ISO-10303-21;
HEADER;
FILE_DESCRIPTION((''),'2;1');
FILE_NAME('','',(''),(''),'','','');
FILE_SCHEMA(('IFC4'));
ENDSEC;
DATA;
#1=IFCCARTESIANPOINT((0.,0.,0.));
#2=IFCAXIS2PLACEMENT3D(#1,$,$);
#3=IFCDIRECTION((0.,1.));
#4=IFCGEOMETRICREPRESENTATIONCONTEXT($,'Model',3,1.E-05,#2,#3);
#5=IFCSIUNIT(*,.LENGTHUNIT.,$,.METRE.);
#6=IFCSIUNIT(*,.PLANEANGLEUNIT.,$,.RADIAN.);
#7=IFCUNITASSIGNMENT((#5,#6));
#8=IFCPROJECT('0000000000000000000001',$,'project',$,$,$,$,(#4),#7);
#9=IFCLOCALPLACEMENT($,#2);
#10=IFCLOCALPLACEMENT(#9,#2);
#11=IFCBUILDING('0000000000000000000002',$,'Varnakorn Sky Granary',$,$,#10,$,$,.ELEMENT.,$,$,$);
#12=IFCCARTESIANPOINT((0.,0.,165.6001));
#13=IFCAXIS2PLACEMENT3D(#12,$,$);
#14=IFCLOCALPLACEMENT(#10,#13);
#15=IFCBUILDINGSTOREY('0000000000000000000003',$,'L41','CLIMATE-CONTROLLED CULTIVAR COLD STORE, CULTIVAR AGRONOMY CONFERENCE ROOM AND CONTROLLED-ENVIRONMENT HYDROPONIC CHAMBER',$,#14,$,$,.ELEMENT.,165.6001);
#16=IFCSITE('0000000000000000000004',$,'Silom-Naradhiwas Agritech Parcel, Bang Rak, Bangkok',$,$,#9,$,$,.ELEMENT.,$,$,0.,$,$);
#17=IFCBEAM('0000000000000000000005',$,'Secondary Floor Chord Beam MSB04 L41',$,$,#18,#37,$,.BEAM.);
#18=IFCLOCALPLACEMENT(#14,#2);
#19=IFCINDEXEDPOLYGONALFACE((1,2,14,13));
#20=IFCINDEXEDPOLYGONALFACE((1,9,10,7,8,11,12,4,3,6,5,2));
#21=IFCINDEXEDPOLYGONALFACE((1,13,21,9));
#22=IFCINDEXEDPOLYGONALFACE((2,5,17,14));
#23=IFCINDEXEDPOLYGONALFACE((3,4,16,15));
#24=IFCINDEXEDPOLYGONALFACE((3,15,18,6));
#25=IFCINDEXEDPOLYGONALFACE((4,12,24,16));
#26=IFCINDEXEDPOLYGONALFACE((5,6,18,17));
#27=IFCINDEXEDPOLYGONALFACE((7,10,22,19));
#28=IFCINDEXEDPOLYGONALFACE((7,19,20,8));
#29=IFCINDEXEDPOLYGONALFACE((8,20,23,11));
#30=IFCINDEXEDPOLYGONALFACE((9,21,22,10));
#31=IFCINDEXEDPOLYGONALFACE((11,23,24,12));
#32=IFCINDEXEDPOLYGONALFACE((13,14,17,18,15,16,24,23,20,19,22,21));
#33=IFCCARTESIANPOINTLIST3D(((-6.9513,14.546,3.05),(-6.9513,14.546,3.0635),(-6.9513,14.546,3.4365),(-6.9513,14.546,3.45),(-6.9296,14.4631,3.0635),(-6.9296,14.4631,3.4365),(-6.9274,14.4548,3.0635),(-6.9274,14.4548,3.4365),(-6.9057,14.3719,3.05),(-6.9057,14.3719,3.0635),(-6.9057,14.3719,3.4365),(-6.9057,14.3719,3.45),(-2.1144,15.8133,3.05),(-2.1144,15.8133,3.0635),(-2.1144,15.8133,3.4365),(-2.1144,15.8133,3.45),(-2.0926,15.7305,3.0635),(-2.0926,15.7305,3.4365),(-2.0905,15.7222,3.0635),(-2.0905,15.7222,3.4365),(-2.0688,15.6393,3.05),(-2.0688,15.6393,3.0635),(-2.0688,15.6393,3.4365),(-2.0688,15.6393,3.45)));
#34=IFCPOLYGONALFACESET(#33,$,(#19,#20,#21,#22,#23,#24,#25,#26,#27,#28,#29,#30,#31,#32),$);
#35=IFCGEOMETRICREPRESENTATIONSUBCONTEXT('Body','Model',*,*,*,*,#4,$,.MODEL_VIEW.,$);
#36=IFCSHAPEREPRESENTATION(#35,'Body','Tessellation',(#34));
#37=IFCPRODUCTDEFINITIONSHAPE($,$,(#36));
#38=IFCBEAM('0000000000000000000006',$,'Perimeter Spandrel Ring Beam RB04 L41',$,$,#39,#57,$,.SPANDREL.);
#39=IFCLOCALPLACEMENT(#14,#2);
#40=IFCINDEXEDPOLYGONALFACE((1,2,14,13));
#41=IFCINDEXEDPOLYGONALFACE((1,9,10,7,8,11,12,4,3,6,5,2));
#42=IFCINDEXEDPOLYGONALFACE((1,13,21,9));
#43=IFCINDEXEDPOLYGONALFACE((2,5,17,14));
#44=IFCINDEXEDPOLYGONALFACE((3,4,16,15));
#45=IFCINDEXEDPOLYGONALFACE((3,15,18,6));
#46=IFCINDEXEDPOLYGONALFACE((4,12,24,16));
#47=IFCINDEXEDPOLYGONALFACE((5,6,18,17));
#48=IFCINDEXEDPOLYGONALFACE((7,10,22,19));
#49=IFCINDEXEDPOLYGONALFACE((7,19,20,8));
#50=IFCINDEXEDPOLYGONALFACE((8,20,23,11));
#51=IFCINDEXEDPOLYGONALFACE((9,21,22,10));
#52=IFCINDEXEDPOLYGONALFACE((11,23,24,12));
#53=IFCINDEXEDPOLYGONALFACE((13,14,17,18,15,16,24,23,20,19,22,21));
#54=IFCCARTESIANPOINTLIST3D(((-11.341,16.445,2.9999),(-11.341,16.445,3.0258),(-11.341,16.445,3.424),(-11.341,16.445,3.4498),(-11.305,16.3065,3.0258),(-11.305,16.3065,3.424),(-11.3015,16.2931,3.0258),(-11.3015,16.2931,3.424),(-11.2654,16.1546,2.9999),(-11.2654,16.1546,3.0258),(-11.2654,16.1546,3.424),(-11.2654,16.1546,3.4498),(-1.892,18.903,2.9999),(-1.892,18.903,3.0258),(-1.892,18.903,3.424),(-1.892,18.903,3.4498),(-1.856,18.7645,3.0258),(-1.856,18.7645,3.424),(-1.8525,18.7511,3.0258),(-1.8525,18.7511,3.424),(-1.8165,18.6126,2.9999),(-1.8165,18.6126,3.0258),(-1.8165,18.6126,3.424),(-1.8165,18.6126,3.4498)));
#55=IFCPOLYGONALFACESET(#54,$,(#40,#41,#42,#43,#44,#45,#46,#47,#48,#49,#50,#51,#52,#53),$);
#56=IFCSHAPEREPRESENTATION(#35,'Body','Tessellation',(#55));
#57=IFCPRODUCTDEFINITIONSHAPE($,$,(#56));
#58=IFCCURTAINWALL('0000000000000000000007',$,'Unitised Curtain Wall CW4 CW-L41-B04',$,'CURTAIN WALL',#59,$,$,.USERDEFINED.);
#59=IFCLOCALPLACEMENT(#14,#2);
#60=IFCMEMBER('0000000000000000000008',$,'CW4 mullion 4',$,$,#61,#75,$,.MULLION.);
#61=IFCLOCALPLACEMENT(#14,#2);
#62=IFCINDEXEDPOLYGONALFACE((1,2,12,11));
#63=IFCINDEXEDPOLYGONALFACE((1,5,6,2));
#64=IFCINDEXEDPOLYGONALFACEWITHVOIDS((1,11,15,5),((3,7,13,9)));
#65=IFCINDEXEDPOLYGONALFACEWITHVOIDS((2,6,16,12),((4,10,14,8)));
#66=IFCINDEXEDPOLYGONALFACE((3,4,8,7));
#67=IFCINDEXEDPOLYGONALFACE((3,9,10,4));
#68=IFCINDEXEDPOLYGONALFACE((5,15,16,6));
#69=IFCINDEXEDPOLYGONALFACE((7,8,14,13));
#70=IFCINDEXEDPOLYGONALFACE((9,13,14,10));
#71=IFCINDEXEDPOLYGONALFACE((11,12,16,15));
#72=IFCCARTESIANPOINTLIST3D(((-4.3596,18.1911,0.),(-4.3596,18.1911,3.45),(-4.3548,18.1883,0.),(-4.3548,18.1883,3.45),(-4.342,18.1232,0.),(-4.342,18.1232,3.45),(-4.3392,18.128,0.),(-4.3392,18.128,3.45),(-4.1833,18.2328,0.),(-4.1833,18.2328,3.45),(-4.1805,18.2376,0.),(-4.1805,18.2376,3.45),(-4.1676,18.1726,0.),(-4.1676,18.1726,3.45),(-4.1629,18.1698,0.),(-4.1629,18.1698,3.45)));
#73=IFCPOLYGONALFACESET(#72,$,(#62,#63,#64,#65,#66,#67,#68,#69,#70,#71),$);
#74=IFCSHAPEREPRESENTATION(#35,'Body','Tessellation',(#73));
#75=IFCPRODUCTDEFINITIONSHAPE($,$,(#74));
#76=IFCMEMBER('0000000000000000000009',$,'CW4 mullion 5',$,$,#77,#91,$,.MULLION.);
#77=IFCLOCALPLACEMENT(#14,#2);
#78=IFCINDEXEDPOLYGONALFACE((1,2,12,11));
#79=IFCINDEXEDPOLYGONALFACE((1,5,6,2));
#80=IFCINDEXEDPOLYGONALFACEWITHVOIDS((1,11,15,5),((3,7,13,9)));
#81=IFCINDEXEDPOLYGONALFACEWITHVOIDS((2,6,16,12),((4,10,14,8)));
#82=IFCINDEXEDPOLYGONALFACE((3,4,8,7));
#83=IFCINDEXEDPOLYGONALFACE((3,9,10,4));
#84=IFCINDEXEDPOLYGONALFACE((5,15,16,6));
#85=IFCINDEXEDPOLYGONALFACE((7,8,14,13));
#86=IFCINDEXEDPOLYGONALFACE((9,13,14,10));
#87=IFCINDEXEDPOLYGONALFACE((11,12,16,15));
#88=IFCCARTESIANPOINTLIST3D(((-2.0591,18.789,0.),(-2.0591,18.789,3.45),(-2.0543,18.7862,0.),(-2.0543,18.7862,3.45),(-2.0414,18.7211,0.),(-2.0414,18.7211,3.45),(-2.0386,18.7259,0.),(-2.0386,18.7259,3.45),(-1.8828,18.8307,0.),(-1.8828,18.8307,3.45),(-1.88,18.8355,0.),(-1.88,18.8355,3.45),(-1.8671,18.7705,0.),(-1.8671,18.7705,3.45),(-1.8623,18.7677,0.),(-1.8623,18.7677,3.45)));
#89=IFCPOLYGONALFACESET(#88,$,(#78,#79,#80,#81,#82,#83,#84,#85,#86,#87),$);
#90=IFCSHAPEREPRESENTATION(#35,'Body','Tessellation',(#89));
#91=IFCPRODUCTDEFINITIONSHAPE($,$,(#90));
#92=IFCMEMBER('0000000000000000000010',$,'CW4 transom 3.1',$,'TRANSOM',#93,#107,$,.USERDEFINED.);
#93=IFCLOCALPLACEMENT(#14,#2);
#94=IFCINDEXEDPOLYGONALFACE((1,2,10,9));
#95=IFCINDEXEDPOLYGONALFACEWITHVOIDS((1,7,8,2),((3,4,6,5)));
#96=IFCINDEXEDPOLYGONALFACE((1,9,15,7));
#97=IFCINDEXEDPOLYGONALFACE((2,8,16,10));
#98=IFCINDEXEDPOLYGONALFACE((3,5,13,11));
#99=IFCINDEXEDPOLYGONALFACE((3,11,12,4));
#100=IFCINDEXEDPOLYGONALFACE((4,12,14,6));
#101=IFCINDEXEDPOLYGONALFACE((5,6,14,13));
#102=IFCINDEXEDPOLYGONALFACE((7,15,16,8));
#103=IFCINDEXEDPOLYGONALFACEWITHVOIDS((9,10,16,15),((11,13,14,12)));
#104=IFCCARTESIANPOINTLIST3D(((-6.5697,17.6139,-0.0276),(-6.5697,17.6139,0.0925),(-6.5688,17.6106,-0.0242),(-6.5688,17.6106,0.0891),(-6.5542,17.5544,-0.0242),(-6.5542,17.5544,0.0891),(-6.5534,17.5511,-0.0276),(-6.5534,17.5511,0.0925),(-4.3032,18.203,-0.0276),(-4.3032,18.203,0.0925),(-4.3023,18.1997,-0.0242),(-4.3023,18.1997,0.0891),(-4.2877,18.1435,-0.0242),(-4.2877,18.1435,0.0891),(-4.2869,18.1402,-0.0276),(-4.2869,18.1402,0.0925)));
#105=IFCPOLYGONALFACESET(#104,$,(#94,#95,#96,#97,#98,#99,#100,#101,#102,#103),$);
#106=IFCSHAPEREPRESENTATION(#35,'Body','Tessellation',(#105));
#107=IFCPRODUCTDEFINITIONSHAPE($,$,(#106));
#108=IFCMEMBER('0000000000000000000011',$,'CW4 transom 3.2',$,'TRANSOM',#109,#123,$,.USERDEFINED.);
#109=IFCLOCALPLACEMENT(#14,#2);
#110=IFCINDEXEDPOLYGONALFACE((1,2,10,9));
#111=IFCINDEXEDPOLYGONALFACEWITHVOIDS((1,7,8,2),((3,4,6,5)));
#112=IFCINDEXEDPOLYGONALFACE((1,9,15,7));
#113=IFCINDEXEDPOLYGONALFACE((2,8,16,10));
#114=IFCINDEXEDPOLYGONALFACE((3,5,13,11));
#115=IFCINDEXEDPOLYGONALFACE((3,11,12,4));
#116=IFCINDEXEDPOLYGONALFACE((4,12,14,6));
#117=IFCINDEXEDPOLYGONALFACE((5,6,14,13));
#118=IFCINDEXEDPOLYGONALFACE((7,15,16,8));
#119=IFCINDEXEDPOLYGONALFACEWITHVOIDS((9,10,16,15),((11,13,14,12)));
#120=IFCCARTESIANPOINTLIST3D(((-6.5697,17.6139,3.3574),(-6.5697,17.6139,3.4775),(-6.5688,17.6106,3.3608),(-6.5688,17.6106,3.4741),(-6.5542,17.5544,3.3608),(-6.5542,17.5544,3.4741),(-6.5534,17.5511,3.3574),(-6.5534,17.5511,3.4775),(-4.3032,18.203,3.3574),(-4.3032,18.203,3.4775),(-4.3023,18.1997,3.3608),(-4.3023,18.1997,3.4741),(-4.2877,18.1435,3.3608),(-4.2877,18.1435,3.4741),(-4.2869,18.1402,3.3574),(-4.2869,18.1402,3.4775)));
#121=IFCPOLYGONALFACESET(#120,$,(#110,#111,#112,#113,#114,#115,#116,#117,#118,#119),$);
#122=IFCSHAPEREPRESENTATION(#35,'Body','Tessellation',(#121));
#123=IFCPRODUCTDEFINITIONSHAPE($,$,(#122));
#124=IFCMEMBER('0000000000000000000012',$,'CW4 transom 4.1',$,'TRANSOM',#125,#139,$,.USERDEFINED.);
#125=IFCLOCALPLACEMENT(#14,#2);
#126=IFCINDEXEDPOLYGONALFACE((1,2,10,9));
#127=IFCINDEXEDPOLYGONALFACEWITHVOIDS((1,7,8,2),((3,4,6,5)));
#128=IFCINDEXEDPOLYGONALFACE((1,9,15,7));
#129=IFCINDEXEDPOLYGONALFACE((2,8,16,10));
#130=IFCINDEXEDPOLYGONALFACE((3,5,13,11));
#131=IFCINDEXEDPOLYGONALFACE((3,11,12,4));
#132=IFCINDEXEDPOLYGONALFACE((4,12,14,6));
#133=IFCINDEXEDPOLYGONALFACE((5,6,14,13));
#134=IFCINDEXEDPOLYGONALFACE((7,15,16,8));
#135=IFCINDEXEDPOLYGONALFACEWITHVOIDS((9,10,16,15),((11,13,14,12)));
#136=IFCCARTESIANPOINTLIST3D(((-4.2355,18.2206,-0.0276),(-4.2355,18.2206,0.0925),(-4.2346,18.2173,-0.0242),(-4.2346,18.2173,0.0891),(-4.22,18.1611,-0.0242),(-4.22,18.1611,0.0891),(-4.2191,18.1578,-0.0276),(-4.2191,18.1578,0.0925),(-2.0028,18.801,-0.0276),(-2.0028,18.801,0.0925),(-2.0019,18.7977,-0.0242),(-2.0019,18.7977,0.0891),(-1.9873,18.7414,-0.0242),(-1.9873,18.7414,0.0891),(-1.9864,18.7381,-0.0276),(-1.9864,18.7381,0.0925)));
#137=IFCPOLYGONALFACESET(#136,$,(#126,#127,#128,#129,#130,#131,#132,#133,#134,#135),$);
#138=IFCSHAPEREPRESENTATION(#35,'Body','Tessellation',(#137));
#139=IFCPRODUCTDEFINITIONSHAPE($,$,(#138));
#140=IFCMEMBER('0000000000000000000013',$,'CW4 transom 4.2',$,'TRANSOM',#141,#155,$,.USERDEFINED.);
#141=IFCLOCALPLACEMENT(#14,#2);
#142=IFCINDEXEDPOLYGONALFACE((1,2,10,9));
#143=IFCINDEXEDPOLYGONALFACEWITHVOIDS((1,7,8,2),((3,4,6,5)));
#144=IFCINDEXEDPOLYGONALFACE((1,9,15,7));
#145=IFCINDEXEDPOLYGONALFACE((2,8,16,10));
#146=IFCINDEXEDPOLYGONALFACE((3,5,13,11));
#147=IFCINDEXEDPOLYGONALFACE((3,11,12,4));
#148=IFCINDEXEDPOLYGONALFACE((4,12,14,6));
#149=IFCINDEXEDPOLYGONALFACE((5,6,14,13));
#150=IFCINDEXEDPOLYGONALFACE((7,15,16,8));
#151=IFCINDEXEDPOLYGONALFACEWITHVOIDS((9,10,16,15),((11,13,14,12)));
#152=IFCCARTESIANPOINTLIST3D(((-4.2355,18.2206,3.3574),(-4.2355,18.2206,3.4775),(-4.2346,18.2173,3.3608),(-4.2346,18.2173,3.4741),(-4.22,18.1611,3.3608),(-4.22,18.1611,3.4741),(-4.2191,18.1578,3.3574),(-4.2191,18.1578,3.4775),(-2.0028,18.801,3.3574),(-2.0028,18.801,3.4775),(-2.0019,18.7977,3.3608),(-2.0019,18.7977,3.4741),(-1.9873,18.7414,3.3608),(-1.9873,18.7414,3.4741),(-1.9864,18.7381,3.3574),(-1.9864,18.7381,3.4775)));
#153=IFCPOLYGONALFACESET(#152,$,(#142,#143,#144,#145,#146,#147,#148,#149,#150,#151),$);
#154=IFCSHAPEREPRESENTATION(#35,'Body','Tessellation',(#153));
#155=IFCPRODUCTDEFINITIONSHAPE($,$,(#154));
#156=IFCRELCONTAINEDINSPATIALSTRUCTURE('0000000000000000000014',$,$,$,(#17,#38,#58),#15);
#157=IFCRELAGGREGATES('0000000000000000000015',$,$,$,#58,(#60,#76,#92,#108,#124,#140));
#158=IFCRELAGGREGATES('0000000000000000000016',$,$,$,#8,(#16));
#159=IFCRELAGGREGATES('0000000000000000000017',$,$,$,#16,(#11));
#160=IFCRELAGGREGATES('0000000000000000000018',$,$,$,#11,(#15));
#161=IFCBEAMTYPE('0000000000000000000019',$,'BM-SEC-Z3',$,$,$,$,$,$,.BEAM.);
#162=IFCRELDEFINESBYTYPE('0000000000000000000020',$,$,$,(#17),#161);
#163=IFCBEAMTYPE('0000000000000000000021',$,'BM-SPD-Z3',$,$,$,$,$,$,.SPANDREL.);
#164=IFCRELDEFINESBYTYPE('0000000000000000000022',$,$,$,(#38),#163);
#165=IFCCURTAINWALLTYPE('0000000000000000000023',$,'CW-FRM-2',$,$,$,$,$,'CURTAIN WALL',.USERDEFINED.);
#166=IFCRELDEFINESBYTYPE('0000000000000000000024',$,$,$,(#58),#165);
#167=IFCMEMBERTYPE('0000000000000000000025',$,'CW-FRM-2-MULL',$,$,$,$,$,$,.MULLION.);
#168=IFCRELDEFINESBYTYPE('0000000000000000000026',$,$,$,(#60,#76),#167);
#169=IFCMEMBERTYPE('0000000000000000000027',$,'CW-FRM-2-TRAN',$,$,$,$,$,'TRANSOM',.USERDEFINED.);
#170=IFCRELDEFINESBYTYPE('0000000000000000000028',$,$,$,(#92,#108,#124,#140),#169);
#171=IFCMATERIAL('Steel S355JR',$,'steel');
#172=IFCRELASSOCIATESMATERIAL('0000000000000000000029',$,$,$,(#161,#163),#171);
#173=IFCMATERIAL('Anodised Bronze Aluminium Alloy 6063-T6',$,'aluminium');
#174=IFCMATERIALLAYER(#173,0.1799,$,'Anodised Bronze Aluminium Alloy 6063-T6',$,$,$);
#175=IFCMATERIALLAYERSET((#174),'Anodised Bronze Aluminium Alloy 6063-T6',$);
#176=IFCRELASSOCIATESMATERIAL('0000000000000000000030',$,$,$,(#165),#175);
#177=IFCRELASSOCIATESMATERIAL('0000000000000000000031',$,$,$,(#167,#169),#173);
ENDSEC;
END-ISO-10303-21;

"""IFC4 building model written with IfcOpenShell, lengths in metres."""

from ifc_helpers import new_model, si_unit, direction, frame, origin, origin_2d, place, context, subcontext, project, spatial, hollow_rectangle, i_section, extrude, material, layer, layer_set, material_profile, profile_set, type_object, element, aggregate, save


model = new_model("IFC4")

# Units and contexts
model_context = context("Model", 3, precision=1e-05, world=origin(), true_north=direction((0.0, 1.0)))
body_context = subcontext(model_context, "Body", "Model", "MODEL_VIEW")
ifc_project = project(units=[si_unit("LENGTHUNIT", "METRE"), si_unit("PLANEANGLEUNIT", "RADIAN")], contexts=[model_context])

# Site, building, storey
site_placement = place(None, origin())
site = spatial("IfcSite", under=ifc_project, at=site_placement, Name="Silom-Naradhiwas Agritech Parcel, Bang Rak, Bangkok", CompositionType="ELEMENT", RefElevation=0.0)
building_placement = place(site_placement, origin())
building = spatial("IfcBuilding", under=site, at=building_placement, Name="Varnakorn Sky Granary", CompositionType="ELEMENT")
storey_placement = place(building_placement, frame((0.0, 0.0, 165.6001)))
storey = spatial("IfcBuildingStorey", under=building, at=storey_placement, Name="L41", Description="CLIMATE-CONTROLLED CULTIVAR COLD STORE, CULTIVAR AGRONOMY CONFERENCE ROOM AND CONTROLLED-ENVIRONMENT HYDROPONIC CHAMBER", CompositionType="ELEMENT", Elevation=165.6001)

# Beams
ifc_material_1 = material(Name="Steel S355JR", Category="steel")
ifc_material_profile_1 = material_profile(ifc_material_1, i_section(OverallWidth=0.1799, OverallDepth=0.3999, WebThickness=0.0085, FlangeThickness=0.0134, at=origin_2d()), Name="IPE 400")
ifc_profile_set_1 = profile_set([ifc_material_profile_1], Name="Steel S355JR")
beam_type_1 = type_object("IfcBeamType", Name="BM-SEC-Z3", PredefinedType="BEAM", material=ifc_profile_set_1)
beam_1_placement = place(storey_placement, frame((-2.0916, 15.7263, 3.25), z_axis=(-0.967347, -0.253457, 0.0), x_axis=(0.253457, -0.967347, 0.0)))
element("IfcBeam", 1, at=beam_1_placement, inside=storey, type_object=beam_type_1, Name="Secondary Floor Chord Beam MSB04 L41", PredefinedType="BEAM", context=body_context, shape_type="SweptSolid", body=[
    extrude(i_section(OverallWidth=0.1799, OverallDepth=0.3999, WebThickness=0.0085, FlangeThickness=0.0134, at=origin_2d()), origin(), (0.0, 0.0, 1.0), 5.0002),
])
ifc_material_profile_2 = material_profile(ifc_material_1, i_section(OverallWidth=0.3, OverallDepth=0.45, WebThickness=0.0139, FlangeThickness=0.0259, at=origin_2d()), Name="HE 450 B")
ifc_profile_set_2 = profile_set([ifc_material_profile_2], Name="Steel S355JR")
beam_type_2 = type_object("IfcBeamType", Name="BM-SPD-Z3", PredefinedType="SPANDREL", material=ifc_profile_set_2)
beam_2_placement = place(storey_placement, frame((-1.8542, 18.7578, 3.2249), z_axis=(-0.967791, -0.251756, 0.0), x_axis=(0.251756, -0.967791, 0.0)))
element("IfcBeam", 2, at=beam_2_placement, inside=storey, type_object=beam_type_2, Name="Perimeter Spandrel Ring Beam RB04 L41", PredefinedType="SPANDREL", context=body_context, shape_type="SweptSolid", body=[
    extrude(i_section(OverallWidth=0.3, OverallDepth=0.45, WebThickness=0.0139, FlangeThickness=0.0259, at=origin_2d()), origin(), (0.0, 0.0, 1.0), 9.7634),
])

# Curtain wall, members
ifc_material_2 = material(Name="Anodised Bronze Aluminium Alloy 6063-T6", Category="aluminium")
ifc_layer_1 = layer(ifc_material_2, 0.1799, Name="Anodised Bronze Aluminium Alloy 6063-T6")
ifc_layer_set_1 = layer_set([ifc_layer_1], Name="Anodised Bronze Aluminium Alloy 6063-T6")
curtain_wall_type = type_object("IfcCurtainWallType", Name="CW-FRM-2", ElementType="CURTAIN WALL", PredefinedType="USERDEFINED", material=ifc_layer_set_1)
curtain_wall_placement = place(storey_placement, origin())
curtain_wall = element("IfcCurtainWall", 3, at=curtain_wall_placement, inside=storey, type_object=curtain_wall_type, Name="Unitised Curtain Wall CW4 CW-L41-B04", ObjectType="CURTAIN WALL", PredefinedType="USERDEFINED")
ifc_material_profile_3 = material_profile(ifc_material_2, hollow_rectangle(XDim=0.0701, YDim=0.1851, WallThickness=0.0039, at=origin_2d()), Name="ALU MULL 70x185")
ifc_profile_set_3 = profile_set([ifc_material_profile_3], Name="Anodised Bronze Aluminium Alloy 6063-T6")
member_type_1 = type_object("IfcMemberType", Name="CW-FRM-2-MULL", PredefinedType="MULLION", material=ifc_profile_set_3)
member_1_placement = place(storey_placement, frame((-4.2612, 18.1804, 0.0), z_axis=(0.0, 0.0, 1.0), x_axis=(-0.251564, 0.967841, 0.0)))
member_1 = element("IfcMember", 4, at=member_1_placement, type_object=member_type_1, Name="CW4 mullion 4", PredefinedType="MULLION", context=body_context, shape_type="SweptSolid", body=[
    extrude(hollow_rectangle(XDim=0.0701, YDim=0.1851, WallThickness=0.0039, at=origin_2d()), origin(), (0.0, 0.0, 1.0), 3.45),
])
member_2_placement = place(storey_placement, frame((-1.9607, 18.7783, 0.0), z_axis=(0.0, 0.0, 1.0), x_axis=(-0.251564, 0.967841, 0.0)))
member_2 = element("IfcMember", 5, at=member_2_placement, type_object=member_type_1, Name="CW4 mullion 5", PredefinedType="MULLION", context=body_context, shape_type="SweptSolid", body=[
    extrude(hollow_rectangle(XDim=0.0701, YDim=0.1851, WallThickness=0.0039, at=origin_2d()), origin(), (0.0, 0.0, 1.0), 3.45),
])
ifc_material_profile_4 = material_profile(ifc_material_2, hollow_rectangle(XDim=0.0649, YDim=0.1201, WallThickness=0.0034, at=origin_2d()), Name="ALU TRAN 65x120")
ifc_profile_set_4 = profile_set([ifc_material_profile_4], Name="Anodised Bronze Aluminium Alloy 6063-T6")
member_type_2 = type_object("IfcMemberType", Name="CW-FRM-2-TRAN", ElementType="TRANSOM", PredefinedType="USERDEFINED", material=ifc_profile_set_4)
member_3_placement = place(storey_placement, frame((-6.5615, 17.5825, 0.0325), z_axis=(0.967844, 0.251552, 0.0), x_axis=(-0.251552, 0.967844, 0.0)))
member_3 = element("IfcMember", 6, at=member_3_placement, type_object=member_type_2, Name="CW4 transom 3.1", ObjectType="TRANSOM", PredefinedType="USERDEFINED", context=body_context, shape_type="SweptSolid", body=[
    extrude(hollow_rectangle(XDim=0.0649, YDim=0.1201, WallThickness=0.0034, at=origin_2d()), origin(), (0.0, 0.0, 1.0), 2.3418),
])
member_4_placement = place(storey_placement, frame((-6.5615, 17.5825, 3.4175), z_axis=(0.967844, 0.251552, 0.0), x_axis=(-0.251552, 0.967844, 0.0)))
member_4 = element("IfcMember", 7, at=member_4_placement, type_object=member_type_2, Name="CW4 transom 3.2", ObjectType="TRANSOM", PredefinedType="USERDEFINED", context=body_context, shape_type="SweptSolid", body=[
    extrude(hollow_rectangle(XDim=0.0649, YDim=0.1201, WallThickness=0.0034, at=origin_2d()), origin(), (0.0, 0.0, 1.0), 2.3418),
])
member_5_placement = place(storey_placement, frame((-4.2273, 18.1892, 0.0325), z_axis=(0.967841, 0.251564, 0.0), x_axis=(-0.251564, 0.967841, 0.0)))
member_5 = element("IfcMember", 8, at=member_5_placement, type_object=member_type_2, Name="CW4 transom 4.1", ObjectType="TRANSOM", PredefinedType="USERDEFINED", context=body_context, shape_type="SweptSolid", body=[
    extrude(hollow_rectangle(XDim=0.0649, YDim=0.1201, WallThickness=0.0034, at=origin_2d()), origin(), (0.0, 0.0, 1.0), 2.3069),
])
member_6_placement = place(storey_placement, frame((-4.2273, 18.1892, 3.4175), z_axis=(0.967841, 0.251564, 0.0), x_axis=(-0.251564, 0.967841, 0.0)))
member_6 = element("IfcMember", 9, at=member_6_placement, type_object=member_type_2, Name="CW4 transom 4.2", ObjectType="TRANSOM", PredefinedType="USERDEFINED", context=body_context, shape_type="SweptSolid", body=[
    extrude(hollow_rectangle(XDim=0.0649, YDim=0.1201, WallThickness=0.0034, at=origin_2d()), origin(), (0.0, 0.0, 1.0), 2.3069),
])

aggregate(curtain_wall, [member_1, member_2, member_3, member_4, member_5, member_6])

save(model, "model.ifc")
